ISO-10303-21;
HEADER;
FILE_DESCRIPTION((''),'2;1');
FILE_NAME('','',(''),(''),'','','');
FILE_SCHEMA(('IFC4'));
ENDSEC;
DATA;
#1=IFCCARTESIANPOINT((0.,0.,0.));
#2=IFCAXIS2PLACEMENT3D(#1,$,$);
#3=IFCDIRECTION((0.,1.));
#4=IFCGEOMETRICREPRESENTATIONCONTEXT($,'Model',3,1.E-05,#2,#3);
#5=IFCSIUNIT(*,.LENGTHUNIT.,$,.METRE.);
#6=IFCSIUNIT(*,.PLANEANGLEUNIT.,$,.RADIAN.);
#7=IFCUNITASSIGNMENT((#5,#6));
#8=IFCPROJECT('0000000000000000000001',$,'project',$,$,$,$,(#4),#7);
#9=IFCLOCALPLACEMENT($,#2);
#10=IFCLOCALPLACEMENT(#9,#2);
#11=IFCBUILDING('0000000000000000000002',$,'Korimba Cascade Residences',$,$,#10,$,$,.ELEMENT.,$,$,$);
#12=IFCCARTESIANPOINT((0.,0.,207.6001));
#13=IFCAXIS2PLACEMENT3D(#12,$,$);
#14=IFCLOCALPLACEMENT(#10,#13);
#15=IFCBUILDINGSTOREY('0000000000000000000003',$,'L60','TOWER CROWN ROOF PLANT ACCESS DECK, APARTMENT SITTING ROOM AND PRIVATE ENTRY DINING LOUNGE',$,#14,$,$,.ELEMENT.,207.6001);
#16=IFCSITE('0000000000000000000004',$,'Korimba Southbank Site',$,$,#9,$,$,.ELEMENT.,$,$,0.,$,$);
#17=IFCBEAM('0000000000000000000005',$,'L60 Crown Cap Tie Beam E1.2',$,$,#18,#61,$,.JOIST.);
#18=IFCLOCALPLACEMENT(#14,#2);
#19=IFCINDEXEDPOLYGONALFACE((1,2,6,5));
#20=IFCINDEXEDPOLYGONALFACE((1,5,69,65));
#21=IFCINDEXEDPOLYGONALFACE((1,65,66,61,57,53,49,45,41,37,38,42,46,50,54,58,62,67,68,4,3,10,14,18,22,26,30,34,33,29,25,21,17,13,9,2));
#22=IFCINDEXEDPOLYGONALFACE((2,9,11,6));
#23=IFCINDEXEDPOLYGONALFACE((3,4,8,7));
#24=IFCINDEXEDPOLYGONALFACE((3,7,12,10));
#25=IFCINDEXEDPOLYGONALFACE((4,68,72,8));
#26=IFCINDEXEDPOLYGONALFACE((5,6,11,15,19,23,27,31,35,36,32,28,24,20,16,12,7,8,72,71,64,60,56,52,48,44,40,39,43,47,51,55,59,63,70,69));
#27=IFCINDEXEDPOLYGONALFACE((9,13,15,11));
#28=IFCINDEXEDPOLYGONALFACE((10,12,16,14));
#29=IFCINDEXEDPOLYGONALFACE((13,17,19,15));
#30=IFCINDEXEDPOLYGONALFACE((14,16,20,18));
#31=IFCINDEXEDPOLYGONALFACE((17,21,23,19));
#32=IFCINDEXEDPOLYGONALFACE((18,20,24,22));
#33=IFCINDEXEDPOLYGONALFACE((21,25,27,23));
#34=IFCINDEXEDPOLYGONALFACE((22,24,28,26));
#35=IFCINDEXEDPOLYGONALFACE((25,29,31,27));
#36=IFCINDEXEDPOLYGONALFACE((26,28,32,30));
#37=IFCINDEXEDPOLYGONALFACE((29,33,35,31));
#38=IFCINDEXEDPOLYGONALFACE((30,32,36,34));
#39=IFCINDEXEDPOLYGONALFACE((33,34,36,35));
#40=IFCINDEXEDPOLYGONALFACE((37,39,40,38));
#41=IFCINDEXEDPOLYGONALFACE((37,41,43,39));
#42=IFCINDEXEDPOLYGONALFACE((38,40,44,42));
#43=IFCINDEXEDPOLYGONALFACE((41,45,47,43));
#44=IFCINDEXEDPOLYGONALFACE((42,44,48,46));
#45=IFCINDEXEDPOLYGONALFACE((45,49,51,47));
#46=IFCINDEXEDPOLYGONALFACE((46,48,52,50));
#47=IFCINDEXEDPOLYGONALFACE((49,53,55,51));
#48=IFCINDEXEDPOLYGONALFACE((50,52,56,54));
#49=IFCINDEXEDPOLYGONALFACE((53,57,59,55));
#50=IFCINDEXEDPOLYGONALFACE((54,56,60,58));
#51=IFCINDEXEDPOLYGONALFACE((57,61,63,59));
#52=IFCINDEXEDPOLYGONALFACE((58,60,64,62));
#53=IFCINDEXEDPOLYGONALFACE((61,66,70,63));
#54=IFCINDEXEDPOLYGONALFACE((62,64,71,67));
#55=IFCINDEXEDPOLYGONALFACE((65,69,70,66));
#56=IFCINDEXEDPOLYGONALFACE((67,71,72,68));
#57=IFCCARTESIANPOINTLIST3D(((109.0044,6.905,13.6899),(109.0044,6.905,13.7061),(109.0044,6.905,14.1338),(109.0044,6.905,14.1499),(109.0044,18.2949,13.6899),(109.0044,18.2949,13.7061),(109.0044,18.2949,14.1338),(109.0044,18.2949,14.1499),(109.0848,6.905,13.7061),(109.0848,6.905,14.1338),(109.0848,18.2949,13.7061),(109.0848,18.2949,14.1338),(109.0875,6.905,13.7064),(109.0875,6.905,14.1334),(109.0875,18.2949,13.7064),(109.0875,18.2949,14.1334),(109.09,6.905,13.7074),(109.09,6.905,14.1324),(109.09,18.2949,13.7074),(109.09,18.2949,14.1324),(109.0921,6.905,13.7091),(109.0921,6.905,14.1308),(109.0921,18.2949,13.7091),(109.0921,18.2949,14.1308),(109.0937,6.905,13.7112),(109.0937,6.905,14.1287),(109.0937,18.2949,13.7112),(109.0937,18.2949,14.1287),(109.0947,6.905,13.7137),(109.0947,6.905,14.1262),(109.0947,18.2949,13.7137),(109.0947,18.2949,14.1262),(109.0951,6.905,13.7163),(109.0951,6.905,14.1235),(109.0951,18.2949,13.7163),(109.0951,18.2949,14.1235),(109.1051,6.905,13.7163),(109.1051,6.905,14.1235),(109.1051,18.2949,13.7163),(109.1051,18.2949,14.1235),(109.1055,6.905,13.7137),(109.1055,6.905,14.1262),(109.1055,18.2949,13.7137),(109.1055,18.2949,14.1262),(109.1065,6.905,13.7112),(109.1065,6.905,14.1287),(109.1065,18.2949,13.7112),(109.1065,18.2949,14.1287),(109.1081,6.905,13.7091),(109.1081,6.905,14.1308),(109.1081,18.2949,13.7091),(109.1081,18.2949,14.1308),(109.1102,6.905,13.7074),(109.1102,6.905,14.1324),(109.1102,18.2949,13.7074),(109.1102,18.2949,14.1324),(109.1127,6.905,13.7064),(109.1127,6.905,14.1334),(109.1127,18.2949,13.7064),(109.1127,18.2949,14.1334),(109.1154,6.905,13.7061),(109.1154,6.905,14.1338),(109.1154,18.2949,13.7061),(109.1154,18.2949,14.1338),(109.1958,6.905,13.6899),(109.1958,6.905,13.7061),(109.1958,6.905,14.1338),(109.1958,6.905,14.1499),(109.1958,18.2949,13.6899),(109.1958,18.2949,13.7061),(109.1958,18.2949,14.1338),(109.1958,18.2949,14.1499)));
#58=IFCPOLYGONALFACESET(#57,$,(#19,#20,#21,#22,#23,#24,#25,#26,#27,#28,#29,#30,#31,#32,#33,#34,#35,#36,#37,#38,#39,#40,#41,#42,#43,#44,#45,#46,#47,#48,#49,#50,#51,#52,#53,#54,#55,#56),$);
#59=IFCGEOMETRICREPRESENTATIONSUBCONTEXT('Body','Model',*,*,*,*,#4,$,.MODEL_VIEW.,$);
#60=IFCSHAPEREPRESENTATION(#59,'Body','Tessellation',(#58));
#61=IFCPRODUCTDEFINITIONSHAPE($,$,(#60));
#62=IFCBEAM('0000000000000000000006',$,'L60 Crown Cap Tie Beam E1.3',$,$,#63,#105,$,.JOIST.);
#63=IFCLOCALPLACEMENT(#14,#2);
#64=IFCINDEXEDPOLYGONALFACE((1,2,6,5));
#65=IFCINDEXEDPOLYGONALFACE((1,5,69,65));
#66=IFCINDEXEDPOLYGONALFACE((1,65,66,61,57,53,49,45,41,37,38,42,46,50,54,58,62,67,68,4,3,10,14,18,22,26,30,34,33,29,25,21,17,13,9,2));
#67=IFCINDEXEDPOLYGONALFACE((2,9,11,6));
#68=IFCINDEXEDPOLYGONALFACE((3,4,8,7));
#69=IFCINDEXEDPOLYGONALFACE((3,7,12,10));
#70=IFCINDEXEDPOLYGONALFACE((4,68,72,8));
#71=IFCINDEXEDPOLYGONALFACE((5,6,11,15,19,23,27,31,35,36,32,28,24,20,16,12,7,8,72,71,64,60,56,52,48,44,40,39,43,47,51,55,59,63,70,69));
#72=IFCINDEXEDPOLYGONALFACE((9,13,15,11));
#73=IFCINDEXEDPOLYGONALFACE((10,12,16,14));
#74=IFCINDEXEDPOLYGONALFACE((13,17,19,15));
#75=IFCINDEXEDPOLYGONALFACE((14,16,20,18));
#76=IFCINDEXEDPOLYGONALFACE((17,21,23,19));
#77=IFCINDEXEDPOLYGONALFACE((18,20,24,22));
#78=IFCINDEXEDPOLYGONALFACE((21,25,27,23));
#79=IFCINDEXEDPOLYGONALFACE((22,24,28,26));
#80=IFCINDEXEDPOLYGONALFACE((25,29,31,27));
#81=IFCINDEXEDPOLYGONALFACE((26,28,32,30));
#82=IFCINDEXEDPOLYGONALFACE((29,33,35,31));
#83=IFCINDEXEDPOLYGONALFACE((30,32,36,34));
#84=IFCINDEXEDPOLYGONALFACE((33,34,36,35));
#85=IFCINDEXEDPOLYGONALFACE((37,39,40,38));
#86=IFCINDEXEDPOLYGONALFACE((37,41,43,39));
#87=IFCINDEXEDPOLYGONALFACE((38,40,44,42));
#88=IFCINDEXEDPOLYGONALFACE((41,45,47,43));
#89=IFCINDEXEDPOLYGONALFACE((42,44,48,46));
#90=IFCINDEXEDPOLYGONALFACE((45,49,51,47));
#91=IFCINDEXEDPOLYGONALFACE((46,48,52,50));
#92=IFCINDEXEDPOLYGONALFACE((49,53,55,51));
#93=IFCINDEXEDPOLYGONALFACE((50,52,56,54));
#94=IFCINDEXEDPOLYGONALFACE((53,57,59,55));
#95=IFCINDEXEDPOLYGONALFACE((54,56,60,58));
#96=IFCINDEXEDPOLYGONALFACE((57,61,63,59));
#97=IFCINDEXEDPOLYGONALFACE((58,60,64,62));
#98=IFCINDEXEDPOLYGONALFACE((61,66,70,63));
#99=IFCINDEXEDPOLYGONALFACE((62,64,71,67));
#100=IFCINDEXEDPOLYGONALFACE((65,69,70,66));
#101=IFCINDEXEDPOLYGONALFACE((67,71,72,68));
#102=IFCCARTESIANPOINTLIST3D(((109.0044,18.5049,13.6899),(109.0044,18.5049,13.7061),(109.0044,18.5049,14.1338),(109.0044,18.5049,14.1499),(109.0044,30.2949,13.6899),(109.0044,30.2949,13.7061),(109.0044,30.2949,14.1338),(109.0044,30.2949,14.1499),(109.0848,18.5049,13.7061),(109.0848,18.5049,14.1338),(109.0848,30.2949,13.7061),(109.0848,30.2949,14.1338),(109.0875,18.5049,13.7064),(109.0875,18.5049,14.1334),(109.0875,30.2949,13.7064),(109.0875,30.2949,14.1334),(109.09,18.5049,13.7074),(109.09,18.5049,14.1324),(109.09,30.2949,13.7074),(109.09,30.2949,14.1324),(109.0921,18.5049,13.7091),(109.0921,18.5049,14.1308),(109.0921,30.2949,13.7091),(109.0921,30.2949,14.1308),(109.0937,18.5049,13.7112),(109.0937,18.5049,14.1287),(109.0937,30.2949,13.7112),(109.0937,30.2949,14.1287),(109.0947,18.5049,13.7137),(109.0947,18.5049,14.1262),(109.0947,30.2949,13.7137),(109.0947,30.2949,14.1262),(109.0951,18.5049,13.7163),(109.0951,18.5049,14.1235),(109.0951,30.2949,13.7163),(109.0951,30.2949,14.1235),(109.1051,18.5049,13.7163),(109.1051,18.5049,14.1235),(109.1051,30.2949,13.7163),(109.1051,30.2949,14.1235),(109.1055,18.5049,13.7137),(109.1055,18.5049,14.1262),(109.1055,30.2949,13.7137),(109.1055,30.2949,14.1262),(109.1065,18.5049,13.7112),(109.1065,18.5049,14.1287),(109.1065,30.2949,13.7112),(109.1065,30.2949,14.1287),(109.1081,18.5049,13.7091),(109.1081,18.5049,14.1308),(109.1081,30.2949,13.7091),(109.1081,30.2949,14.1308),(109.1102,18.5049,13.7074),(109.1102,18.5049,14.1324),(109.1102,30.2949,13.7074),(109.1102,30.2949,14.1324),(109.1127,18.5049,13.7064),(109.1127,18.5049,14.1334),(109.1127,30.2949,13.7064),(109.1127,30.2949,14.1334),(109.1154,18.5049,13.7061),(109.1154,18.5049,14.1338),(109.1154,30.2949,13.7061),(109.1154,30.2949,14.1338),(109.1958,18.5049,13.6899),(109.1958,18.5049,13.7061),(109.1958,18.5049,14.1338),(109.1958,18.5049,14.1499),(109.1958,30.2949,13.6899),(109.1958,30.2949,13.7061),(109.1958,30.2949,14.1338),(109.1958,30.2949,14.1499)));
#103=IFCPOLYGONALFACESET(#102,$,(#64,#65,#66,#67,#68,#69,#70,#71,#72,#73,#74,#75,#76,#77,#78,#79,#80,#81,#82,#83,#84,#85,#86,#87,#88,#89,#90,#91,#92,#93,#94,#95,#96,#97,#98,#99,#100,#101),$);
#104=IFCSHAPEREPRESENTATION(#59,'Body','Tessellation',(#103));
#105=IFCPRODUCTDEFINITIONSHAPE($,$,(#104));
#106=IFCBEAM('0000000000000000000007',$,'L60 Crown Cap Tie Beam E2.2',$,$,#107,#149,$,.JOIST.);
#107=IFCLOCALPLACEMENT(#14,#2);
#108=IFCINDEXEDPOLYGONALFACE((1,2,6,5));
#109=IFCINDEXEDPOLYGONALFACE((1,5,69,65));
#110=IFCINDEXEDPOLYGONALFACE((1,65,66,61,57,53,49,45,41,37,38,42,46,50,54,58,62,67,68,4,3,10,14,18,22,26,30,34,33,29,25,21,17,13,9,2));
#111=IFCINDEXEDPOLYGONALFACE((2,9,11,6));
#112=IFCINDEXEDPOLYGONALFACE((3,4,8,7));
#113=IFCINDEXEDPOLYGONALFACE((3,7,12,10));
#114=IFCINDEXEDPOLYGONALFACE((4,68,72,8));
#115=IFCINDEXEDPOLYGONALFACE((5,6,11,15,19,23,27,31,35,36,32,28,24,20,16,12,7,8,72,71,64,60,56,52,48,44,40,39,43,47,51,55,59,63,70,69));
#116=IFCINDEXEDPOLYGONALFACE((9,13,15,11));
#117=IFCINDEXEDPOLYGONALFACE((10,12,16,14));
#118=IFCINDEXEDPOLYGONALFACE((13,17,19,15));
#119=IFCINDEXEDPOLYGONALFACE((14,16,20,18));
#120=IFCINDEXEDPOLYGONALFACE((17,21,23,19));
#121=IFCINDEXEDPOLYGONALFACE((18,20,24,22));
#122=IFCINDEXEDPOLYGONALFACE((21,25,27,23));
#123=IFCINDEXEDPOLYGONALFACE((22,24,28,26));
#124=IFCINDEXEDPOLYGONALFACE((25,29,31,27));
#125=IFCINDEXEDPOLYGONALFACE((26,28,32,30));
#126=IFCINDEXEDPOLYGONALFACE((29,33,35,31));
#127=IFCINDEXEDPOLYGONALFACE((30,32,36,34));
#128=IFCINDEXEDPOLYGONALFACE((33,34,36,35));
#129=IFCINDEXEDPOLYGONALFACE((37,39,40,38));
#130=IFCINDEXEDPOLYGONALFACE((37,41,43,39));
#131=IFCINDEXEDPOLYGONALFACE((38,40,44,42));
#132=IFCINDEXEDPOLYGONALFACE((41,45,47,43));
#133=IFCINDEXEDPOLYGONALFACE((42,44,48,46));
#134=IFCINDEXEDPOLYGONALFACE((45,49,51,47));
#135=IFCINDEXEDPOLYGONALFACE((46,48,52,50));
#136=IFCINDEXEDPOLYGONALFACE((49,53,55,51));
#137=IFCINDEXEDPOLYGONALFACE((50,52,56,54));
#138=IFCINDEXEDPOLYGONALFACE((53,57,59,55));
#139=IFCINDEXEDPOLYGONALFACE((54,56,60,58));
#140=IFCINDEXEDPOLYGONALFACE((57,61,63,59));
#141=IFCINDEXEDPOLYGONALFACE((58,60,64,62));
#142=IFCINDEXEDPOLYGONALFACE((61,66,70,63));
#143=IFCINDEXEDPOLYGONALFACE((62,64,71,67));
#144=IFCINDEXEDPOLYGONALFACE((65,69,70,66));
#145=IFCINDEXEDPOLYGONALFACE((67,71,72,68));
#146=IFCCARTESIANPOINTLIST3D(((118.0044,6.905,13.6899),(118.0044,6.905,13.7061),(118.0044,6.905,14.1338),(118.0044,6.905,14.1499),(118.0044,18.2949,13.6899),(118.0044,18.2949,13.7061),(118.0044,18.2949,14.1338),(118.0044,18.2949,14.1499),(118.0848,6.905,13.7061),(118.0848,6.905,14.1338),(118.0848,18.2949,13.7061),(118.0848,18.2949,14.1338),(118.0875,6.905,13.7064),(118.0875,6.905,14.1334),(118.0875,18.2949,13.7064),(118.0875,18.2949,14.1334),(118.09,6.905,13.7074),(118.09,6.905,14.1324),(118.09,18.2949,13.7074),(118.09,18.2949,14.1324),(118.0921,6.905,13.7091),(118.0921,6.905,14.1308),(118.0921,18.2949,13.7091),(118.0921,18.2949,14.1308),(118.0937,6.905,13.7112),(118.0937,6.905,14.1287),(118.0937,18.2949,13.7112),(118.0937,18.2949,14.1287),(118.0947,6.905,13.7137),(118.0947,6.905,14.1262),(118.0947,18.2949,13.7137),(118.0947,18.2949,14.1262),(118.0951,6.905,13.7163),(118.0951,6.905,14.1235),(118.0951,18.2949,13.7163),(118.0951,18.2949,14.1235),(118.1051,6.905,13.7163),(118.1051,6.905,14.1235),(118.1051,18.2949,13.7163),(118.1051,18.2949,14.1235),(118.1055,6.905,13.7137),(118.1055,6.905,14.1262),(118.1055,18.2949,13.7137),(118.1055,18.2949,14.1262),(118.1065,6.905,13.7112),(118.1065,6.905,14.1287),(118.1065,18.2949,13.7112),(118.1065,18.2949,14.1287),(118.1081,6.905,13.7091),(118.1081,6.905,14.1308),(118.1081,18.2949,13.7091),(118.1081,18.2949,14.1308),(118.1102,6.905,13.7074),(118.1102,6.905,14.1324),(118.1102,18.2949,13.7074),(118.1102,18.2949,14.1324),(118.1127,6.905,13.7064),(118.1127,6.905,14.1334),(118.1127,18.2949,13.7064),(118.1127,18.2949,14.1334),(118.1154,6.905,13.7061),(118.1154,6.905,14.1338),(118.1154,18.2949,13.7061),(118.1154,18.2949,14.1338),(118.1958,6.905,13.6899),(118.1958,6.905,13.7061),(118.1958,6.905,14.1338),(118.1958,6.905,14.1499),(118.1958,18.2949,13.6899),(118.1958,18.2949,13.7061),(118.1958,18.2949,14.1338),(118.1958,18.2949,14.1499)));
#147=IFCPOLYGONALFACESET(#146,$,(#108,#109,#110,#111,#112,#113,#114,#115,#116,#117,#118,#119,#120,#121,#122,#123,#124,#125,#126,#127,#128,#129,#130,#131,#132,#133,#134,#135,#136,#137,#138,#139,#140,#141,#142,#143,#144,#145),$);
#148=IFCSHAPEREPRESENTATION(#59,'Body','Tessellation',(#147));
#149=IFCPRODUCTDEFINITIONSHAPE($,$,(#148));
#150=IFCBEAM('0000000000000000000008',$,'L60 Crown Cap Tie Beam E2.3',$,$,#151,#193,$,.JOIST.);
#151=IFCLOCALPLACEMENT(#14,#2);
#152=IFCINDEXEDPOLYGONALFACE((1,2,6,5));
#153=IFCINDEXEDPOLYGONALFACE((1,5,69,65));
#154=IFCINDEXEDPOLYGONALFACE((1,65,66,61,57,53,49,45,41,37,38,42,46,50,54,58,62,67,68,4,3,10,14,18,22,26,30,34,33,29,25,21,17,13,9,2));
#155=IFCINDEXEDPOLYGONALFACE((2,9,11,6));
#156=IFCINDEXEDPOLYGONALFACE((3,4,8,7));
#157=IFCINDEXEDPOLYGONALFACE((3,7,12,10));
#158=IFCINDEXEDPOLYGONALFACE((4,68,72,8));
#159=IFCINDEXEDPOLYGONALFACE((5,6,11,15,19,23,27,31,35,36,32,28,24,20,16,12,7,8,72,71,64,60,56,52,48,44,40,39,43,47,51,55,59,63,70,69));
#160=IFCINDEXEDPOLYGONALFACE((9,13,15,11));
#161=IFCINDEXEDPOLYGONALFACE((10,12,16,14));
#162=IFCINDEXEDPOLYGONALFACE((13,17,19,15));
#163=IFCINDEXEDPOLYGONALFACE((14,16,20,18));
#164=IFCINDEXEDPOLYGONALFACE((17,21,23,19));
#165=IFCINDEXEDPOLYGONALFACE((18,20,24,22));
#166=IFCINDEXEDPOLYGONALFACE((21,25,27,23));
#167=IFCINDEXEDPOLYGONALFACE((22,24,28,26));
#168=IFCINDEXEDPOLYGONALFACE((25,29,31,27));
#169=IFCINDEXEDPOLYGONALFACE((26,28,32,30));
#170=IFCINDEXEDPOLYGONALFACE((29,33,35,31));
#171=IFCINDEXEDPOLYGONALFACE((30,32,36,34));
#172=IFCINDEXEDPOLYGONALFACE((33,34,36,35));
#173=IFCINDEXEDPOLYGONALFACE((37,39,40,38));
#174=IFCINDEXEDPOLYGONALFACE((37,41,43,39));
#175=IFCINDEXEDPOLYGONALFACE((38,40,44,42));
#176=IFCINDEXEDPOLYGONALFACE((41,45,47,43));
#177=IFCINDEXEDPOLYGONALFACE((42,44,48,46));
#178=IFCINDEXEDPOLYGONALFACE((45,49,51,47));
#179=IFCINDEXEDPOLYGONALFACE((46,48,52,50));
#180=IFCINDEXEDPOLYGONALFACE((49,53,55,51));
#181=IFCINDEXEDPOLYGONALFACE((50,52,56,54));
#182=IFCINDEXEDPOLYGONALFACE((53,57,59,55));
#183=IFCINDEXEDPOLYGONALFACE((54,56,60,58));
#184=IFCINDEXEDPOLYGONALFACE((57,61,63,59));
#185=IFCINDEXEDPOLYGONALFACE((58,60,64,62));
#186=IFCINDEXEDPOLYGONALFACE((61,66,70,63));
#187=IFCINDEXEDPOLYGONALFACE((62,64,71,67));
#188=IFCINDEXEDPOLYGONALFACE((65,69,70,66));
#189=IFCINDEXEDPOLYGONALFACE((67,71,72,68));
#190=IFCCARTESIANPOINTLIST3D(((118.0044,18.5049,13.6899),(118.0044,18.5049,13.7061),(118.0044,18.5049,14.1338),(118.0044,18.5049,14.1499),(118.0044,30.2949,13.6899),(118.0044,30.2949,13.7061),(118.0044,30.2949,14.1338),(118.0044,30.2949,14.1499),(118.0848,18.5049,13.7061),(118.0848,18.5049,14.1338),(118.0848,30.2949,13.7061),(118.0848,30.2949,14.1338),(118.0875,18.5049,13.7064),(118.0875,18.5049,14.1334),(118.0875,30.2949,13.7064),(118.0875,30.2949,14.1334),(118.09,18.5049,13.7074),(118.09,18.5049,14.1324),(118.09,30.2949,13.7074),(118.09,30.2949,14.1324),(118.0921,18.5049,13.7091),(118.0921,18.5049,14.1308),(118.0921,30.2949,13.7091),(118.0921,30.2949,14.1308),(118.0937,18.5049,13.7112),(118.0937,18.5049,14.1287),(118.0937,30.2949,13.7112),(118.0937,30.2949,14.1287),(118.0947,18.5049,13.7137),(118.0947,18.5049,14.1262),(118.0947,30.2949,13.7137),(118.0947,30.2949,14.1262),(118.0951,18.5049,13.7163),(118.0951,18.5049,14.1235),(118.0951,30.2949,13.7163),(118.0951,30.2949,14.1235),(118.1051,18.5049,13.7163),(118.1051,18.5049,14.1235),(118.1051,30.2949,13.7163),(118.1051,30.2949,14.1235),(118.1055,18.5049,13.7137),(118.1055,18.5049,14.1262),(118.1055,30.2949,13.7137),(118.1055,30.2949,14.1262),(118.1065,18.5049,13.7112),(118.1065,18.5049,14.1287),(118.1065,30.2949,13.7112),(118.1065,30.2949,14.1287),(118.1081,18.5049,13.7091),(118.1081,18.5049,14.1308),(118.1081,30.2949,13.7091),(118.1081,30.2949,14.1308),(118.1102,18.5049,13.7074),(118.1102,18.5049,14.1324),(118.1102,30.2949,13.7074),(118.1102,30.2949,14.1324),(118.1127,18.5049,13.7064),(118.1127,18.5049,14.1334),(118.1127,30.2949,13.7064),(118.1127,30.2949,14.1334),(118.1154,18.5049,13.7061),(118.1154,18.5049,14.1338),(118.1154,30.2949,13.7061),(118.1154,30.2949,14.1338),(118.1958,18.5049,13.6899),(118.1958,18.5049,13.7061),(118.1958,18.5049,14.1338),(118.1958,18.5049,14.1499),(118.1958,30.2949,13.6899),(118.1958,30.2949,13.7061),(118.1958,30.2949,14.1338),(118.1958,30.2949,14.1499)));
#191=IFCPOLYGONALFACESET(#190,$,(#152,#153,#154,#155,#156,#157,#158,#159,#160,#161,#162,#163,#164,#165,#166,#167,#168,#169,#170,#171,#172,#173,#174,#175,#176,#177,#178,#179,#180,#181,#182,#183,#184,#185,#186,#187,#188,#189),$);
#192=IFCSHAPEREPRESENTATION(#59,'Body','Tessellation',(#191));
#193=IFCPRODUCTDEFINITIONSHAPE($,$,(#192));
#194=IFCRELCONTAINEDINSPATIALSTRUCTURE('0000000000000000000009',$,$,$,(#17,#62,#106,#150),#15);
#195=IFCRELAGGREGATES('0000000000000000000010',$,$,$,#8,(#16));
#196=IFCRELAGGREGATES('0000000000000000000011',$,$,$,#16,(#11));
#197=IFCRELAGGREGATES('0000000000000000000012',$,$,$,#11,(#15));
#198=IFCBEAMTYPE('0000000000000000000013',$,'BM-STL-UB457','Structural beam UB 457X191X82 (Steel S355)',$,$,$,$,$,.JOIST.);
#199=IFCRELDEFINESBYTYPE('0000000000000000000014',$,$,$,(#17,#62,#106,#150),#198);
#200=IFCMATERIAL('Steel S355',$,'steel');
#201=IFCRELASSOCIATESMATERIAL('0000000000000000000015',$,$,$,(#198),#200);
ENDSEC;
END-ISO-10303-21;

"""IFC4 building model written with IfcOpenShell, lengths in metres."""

from ifc_helpers import new_model, si_unit, direction, frame, origin, origin_2d, place, context, subcontext, project, spatial, i_section, extrude, material, material_profile, profile_set, type_object, element, save


model = new_model("IFC4")

# Units and contexts
model_context = context("Model", 3, precision=1e-05, world=origin(), true_north=direction((0.0, 1.0)))
body_context = subcontext(model_context, "Body", "Model", "MODEL_VIEW")
ifc_project = project(units=[si_unit("LENGTHUNIT", "METRE"), si_unit("PLANEANGLEUNIT", "RADIAN")], contexts=[model_context])

# Site, building, storey
site_placement = place(None, origin())
site = spatial("IfcSite", under=ifc_project, at=site_placement, Name="Korimba Southbank Site", CompositionType="ELEMENT", RefElevation=0.0)
building_placement = place(site_placement, origin())
building = spatial("IfcBuilding", under=site, at=building_placement, Name="Korimba Cascade Residences", CompositionType="ELEMENT")
storey_placement = place(building_placement, frame((0.0, 0.0, 207.6001)))
storey = spatial("IfcBuildingStorey", under=building, at=storey_placement, Name="L60", Description="TOWER CROWN ROOF PLANT ACCESS DECK, APARTMENT SITTING ROOM AND PRIVATE ENTRY DINING LOUNGE", CompositionType="ELEMENT", Elevation=207.6001)

# Shared definitions
ifc_material_1 = material(Name="Steel S355", Category="steel")

# Beams
ifc_material_profile_1 = material_profile(ifc_material_1, i_section(OverallWidth=0.1914, OverallDepth=0.46, WebThickness=0.01, FlangeThickness=0.0161, FilletRadius=0.0103, at=origin_2d()), Name="Steel S355")
ifc_profile_set_1 = profile_set([ifc_material_profile_1], Name="Steel S355")
beam_type_1 = type_object("IfcBeamType", Name="BM-STL-UB457", Description="Structural beam UB 457X191X82 (Steel S355)", PredefinedType="JOIST", material=ifc_profile_set_1)
beam_1_placement = place(storey_placement, frame((109.1001, 6.905, 13.9199), z_axis=(0.0, 1.0, 0.0), x_axis=(-1.0, 0.0, 0.0)))
element("IfcBeam", 1, at=beam_1_placement, inside=storey, type_object=beam_type_1, Name="L60 Crown Cap Tie Beam E1.2", PredefinedType="JOIST", context=body_context, shape_type="SweptSolid", body=[
    extrude(i_section(OverallWidth=0.1914, OverallDepth=0.46, WebThickness=0.01, FlangeThickness=0.0161, FilletRadius=0.0103, at=origin_2d()), origin(), (0.0, 0.0, 1.0), 11.3899),
])
beam_2_placement = place(storey_placement, frame((109.1001, 18.5049, 13.9199), z_axis=(0.0, 1.0, 0.0), x_axis=(-1.0, 0.0, 0.0)))
element("IfcBeam", 2, at=beam_2_placement, inside=storey, type_object=beam_type_1, Name="L60 Crown Cap Tie Beam E1.3", PredefinedType="JOIST", context=body_context, shape_type="SweptSolid", body=[
    extrude(i_section(OverallWidth=0.1914, OverallDepth=0.46, WebThickness=0.01, FlangeThickness=0.0161, FilletRadius=0.0103, at=origin_2d()), origin(), (0.0, 0.0, 1.0), 11.79),
])
beam_3_placement = place(storey_placement, frame((118.1001, 6.905, 13.9199), z_axis=(0.0, 1.0, 0.0), x_axis=(-1.0, 0.0, 0.0)))
element("IfcBeam", 3, at=beam_3_placement, inside=storey, type_object=beam_type_1, Name="L60 Crown Cap Tie Beam E2.2", PredefinedType="JOIST", context=body_context, shape_type="SweptSolid", body=[
    extrude(i_section(OverallWidth=0.1914, OverallDepth=0.46, WebThickness=0.01, FlangeThickness=0.0161, FilletRadius=0.0103, at=origin_2d()), origin(), (0.0, 0.0, 1.0), 11.3899),
])
beam_4_placement = place(storey_placement, frame((118.1001, 18.5049, 13.9199), z_axis=(0.0, 1.0, 0.0), x_axis=(-1.0, 0.0, 0.0)))
element("IfcBeam", 4, at=beam_4_placement, inside=storey, type_object=beam_type_1, Name="L60 Crown Cap Tie Beam E2.3", PredefinedType="JOIST", context=body_context, shape_type="SweptSolid", body=[
    extrude(i_section(OverallWidth=0.1914, OverallDepth=0.46, WebThickness=0.01, FlangeThickness=0.0161, FilletRadius=0.0103, at=origin_2d()), origin(), (0.0, 0.0, 1.0), 11.79),
])

save(model, "model.ifc")
